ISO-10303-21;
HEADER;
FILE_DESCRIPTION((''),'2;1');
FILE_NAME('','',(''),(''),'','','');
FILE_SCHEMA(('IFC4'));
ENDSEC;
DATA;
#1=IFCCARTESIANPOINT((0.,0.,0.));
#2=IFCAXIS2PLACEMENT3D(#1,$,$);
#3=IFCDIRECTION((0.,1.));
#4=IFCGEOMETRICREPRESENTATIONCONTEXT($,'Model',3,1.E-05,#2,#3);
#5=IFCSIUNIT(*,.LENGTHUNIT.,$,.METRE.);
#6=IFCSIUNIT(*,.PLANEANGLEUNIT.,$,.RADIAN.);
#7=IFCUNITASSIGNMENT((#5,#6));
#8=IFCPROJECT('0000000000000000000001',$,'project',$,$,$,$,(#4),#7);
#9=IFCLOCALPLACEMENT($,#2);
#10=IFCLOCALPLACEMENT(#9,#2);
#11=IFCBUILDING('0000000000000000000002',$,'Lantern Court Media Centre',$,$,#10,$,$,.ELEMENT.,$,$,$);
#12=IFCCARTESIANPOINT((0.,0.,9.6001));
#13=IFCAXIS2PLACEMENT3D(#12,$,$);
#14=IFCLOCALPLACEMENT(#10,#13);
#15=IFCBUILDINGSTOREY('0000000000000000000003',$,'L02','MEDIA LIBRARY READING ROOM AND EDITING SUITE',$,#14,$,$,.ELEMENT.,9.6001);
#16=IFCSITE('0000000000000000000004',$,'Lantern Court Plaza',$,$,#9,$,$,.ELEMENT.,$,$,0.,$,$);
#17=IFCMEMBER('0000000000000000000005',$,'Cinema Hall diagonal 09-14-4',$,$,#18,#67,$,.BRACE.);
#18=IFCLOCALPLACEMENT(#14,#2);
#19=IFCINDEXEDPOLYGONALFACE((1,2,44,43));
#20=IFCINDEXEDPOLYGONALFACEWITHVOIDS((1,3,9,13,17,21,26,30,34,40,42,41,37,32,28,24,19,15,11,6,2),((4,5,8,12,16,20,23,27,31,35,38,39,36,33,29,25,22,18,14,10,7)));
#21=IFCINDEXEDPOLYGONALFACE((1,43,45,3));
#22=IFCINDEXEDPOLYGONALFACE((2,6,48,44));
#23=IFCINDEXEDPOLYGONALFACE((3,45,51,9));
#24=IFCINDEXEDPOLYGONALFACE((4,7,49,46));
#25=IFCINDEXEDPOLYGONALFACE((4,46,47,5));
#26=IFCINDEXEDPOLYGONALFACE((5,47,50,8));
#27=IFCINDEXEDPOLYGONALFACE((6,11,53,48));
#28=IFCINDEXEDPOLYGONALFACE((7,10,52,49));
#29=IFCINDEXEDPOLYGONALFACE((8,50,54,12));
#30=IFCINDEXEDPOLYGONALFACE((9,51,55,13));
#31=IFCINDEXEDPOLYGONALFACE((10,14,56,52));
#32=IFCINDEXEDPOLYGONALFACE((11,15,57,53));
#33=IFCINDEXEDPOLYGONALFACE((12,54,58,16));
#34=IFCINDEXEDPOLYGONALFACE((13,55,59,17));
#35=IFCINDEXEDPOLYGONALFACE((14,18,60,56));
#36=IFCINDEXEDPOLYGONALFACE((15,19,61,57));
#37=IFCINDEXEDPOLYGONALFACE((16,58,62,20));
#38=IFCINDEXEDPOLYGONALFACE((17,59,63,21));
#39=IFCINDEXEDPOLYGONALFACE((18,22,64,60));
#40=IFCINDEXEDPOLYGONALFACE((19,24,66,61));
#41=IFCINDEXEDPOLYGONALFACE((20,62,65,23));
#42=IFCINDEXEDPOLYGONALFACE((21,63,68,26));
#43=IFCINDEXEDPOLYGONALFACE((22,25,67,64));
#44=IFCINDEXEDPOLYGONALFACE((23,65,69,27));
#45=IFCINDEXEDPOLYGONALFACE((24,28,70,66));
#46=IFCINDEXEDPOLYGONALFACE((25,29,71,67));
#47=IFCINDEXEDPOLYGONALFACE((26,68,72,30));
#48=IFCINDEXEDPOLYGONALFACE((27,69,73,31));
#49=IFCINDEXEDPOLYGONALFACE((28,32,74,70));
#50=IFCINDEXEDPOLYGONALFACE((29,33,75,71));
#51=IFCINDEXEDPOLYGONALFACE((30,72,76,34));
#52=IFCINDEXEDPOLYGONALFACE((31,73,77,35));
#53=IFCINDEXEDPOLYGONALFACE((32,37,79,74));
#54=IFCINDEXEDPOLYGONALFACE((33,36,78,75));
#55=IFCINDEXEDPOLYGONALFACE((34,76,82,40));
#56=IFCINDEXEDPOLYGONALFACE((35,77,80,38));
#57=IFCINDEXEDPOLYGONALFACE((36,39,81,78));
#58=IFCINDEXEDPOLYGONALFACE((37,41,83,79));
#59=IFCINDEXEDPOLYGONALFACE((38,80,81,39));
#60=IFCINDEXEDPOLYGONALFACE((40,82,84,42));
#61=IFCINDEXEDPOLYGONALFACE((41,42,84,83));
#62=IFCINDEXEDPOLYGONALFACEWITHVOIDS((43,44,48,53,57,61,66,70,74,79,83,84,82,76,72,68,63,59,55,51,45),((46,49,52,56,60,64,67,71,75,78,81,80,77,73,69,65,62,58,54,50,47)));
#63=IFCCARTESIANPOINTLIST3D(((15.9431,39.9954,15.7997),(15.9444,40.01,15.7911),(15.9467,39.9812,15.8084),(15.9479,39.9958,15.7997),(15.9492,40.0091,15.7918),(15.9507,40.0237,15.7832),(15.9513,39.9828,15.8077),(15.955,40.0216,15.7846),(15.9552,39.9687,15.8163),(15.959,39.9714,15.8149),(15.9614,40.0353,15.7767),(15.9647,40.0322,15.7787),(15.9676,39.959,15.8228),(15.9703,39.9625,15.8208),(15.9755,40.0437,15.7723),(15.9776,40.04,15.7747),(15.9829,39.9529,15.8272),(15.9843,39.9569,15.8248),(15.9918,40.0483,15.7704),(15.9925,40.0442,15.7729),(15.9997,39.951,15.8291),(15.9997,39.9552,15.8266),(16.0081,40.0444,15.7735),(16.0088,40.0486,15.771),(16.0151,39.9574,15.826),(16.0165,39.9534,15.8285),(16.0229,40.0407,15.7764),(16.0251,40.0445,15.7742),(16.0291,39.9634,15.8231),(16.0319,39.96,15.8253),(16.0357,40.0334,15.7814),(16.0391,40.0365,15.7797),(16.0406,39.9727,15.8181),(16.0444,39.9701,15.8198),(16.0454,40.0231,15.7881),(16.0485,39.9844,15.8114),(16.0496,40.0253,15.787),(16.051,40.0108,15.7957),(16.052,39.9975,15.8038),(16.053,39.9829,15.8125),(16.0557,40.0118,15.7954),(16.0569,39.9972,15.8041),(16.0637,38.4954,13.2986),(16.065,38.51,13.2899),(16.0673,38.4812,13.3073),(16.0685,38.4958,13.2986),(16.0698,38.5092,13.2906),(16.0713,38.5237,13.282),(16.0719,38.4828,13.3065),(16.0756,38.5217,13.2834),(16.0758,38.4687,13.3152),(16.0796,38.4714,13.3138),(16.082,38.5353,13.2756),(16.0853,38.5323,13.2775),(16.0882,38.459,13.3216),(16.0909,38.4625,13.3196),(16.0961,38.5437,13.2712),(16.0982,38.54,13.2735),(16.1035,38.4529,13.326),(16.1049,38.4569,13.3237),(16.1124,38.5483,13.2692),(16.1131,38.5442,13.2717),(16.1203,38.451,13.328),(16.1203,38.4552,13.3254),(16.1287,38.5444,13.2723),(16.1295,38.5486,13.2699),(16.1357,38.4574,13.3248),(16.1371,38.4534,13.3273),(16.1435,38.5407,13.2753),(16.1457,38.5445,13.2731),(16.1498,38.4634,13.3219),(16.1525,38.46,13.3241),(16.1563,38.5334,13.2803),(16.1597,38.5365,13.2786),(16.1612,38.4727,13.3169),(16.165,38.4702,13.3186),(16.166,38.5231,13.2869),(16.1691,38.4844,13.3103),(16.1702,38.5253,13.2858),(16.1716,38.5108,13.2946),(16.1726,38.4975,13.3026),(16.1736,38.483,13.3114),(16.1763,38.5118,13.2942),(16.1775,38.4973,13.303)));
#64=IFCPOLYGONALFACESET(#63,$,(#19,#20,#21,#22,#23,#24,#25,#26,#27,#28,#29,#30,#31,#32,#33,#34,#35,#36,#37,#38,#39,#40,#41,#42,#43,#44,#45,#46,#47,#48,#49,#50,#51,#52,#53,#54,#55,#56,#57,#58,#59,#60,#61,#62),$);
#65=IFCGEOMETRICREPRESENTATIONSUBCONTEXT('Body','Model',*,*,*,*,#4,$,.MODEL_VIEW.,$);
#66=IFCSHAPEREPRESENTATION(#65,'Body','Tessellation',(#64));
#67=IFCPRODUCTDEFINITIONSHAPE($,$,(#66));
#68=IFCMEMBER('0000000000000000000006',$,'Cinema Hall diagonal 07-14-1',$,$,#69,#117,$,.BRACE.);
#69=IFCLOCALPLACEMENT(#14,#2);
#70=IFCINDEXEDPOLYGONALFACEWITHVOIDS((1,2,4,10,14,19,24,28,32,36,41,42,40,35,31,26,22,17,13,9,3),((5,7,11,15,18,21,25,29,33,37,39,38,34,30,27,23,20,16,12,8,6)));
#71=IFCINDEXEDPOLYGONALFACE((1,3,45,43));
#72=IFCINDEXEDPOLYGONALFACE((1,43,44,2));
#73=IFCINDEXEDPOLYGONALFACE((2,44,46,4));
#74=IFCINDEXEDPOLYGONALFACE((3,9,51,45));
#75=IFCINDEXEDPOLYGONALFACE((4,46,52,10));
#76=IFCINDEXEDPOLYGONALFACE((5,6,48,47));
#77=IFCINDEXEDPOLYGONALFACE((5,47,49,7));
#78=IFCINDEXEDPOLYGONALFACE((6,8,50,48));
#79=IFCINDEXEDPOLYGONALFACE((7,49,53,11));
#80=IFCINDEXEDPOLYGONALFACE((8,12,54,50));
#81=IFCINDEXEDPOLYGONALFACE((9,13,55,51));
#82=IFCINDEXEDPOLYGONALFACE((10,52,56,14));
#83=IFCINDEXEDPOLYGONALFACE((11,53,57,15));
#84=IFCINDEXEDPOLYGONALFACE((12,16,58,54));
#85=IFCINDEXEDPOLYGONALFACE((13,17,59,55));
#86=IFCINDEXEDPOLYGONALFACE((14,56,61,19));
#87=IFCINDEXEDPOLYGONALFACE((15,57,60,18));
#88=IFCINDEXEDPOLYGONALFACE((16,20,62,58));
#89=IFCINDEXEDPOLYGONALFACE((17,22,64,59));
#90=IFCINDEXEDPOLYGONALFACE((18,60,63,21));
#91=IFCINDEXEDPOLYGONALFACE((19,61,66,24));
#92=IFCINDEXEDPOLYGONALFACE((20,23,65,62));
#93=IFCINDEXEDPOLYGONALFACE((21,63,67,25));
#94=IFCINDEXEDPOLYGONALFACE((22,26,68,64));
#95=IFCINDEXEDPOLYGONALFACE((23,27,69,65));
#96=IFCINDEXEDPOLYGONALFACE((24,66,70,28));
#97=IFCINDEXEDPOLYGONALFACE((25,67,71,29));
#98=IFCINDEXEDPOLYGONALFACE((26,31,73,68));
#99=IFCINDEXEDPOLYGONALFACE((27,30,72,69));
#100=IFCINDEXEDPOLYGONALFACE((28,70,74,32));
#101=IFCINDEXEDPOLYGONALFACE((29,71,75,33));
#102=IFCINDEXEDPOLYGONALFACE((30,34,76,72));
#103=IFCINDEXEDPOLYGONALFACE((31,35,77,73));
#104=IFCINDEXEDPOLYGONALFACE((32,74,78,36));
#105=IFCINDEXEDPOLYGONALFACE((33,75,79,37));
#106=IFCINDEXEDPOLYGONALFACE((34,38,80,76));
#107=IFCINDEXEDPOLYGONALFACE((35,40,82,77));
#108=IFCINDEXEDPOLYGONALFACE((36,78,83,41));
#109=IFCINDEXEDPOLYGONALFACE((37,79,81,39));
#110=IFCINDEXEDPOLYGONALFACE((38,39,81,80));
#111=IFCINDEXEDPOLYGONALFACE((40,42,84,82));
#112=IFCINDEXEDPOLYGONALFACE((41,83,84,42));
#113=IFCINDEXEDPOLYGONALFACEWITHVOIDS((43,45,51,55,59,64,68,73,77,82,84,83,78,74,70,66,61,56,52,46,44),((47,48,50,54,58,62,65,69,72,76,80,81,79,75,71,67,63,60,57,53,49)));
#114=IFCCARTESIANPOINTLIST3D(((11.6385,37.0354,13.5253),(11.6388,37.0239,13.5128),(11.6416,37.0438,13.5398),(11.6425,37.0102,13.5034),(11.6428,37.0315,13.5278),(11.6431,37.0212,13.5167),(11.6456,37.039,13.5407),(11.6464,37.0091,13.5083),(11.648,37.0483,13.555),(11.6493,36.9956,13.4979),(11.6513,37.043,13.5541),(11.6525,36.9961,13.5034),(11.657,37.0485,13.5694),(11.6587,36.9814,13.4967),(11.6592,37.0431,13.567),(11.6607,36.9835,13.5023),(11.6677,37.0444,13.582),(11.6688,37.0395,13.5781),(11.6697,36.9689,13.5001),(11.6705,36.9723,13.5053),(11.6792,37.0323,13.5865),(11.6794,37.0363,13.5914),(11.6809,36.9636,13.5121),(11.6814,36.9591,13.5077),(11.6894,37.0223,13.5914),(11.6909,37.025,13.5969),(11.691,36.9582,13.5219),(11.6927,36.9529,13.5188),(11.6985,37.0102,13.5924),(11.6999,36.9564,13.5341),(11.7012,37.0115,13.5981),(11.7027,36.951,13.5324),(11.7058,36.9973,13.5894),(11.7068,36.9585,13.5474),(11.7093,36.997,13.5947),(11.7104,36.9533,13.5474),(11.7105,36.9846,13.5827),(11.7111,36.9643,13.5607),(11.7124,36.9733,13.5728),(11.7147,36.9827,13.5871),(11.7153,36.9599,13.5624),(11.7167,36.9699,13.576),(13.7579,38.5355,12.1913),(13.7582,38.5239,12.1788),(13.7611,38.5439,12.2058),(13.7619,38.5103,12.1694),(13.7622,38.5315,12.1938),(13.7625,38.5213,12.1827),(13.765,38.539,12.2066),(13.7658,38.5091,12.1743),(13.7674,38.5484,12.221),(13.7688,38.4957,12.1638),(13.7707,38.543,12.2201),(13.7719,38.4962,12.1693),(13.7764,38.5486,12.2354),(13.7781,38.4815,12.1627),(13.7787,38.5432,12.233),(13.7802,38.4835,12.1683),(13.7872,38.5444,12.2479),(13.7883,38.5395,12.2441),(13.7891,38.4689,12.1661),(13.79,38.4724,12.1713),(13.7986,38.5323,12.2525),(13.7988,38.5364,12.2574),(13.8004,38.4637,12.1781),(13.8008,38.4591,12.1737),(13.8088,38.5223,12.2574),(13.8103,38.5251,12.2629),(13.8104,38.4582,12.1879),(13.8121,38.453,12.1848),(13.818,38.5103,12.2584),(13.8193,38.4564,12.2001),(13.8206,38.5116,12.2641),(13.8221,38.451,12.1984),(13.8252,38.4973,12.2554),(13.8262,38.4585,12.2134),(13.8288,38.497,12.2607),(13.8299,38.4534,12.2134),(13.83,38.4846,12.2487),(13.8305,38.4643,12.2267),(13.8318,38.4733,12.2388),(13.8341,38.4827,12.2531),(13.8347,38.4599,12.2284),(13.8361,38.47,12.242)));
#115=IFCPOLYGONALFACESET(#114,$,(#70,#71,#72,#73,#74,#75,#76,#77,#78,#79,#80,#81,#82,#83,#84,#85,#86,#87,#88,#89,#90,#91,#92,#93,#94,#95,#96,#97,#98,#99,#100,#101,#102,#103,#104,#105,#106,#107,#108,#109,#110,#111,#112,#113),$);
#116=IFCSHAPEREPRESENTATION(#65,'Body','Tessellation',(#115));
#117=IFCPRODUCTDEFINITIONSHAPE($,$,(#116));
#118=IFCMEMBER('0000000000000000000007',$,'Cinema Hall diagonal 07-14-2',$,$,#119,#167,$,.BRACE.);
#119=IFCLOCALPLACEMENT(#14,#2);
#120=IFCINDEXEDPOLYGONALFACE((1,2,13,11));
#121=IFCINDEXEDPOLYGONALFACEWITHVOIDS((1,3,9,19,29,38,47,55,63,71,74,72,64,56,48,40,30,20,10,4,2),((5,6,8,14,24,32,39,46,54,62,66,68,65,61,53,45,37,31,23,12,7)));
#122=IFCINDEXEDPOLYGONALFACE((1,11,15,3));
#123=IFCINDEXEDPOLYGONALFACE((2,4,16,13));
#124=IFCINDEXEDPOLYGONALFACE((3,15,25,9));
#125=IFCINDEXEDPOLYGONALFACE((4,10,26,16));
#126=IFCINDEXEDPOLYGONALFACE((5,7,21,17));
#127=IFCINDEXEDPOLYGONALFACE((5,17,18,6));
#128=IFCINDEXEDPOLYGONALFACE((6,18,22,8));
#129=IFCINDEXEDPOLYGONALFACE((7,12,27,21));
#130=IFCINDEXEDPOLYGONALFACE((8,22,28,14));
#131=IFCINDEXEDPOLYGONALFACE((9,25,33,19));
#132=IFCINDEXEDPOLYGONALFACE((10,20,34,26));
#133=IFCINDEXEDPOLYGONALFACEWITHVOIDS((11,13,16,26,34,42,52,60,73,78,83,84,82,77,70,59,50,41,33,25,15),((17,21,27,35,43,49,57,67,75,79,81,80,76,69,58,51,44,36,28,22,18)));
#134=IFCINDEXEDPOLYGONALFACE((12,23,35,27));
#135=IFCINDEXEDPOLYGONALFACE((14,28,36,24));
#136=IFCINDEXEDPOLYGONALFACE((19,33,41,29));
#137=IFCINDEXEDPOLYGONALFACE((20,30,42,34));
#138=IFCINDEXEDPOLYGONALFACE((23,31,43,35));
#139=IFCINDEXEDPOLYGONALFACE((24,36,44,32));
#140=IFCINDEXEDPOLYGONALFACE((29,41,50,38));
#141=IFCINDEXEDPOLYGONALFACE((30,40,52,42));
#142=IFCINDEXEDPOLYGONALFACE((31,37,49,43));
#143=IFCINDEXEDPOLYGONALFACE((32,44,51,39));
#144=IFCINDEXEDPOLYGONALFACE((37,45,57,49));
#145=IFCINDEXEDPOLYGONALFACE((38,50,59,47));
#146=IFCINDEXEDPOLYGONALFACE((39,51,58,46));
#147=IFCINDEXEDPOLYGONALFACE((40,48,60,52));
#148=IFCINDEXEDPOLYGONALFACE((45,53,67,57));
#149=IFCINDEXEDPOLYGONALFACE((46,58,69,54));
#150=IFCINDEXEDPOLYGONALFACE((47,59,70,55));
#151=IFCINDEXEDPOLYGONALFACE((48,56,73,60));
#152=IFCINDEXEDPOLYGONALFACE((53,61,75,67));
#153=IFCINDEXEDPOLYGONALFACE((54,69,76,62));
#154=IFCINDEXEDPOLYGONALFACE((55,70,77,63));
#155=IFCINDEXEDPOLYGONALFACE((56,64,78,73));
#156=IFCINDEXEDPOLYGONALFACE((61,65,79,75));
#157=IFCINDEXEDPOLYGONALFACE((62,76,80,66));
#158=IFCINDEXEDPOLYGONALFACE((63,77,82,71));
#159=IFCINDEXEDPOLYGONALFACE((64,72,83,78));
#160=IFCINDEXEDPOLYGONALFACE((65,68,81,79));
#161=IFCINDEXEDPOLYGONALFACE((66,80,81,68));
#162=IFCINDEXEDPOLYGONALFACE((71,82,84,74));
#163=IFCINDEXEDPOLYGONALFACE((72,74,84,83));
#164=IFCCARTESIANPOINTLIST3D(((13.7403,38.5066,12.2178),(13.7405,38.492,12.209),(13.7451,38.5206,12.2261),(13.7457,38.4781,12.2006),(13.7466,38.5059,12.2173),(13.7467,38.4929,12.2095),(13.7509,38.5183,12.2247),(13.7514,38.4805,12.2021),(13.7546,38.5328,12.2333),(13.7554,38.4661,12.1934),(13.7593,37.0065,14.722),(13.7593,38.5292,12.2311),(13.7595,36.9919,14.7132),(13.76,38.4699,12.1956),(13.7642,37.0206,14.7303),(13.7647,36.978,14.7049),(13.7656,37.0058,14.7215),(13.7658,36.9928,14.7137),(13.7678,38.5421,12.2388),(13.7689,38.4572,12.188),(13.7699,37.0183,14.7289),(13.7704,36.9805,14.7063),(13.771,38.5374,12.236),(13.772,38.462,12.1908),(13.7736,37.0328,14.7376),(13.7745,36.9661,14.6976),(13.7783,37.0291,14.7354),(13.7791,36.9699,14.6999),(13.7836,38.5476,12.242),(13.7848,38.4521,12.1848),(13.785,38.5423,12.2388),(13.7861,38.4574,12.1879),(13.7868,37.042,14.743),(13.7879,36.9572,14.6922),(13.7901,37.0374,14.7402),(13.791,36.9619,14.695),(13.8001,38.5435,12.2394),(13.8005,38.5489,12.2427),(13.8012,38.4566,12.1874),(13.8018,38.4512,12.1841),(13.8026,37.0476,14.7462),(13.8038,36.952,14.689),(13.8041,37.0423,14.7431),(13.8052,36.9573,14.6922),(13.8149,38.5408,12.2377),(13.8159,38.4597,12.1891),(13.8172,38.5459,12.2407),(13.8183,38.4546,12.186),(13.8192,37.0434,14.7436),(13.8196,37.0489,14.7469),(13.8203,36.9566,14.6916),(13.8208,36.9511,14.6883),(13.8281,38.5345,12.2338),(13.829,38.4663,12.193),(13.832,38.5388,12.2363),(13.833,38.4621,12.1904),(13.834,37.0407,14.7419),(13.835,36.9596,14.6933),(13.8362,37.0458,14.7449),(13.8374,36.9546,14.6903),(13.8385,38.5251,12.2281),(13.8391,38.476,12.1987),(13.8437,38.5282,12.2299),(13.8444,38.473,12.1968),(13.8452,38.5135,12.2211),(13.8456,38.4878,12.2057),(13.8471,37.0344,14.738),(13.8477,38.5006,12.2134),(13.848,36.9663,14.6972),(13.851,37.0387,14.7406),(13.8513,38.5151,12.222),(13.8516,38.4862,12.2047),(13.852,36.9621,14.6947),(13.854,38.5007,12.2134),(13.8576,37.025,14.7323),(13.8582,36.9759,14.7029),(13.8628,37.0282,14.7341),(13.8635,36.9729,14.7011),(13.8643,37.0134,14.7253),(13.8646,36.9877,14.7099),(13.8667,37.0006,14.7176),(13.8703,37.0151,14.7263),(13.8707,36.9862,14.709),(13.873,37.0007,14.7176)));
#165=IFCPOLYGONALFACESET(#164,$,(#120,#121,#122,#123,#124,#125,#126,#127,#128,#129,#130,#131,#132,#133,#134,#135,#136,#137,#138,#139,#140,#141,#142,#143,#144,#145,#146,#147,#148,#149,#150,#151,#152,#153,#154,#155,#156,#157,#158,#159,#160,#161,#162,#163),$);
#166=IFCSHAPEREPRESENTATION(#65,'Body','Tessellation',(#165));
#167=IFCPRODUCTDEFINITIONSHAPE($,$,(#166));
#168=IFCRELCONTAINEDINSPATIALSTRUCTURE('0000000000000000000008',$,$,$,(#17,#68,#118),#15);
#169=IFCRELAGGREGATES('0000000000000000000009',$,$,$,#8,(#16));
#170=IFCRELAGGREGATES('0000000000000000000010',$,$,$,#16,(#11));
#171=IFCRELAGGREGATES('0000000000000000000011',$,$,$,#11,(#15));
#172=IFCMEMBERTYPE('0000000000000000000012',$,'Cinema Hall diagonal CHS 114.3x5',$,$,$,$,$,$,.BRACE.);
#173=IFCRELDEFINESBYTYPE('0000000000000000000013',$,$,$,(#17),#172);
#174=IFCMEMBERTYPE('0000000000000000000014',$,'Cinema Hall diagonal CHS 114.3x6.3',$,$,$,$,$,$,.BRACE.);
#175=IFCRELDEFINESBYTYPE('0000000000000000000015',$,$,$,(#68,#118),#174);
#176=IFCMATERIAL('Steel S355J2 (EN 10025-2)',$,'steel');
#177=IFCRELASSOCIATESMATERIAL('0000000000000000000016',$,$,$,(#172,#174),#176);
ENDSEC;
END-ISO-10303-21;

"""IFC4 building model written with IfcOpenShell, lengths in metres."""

from ifc_helpers import new_model, si_unit, direction, frame, origin, origin_2d, place, context, subcontext, project, spatial, hollow_circle, extrude, material, material_profile, profile_set, type_object, element, save


model = new_model("IFC4")

# Units and contexts
model_context = context("Model", 3, precision=1e-05, world=origin(), true_north=direction((0.0, 1.0)))
body_context = subcontext(model_context, "Body", "Model", "MODEL_VIEW")
ifc_project = project(units=[si_unit("LENGTHUNIT", "METRE"), si_unit("PLANEANGLEUNIT", "RADIAN")], contexts=[model_context])

# Site, building, storey
site_placement = place(None, origin())
site = spatial("IfcSite", under=ifc_project, at=site_placement, Name="Lantern Court Plaza", CompositionType="ELEMENT", RefElevation=0.0)
building_placement = place(site_placement, origin())
building = spatial("IfcBuilding", under=site, at=building_placement, Name="Lantern Court Media Centre", CompositionType="ELEMENT")
storey_placement = place(building_placement, frame((0.0, 0.0, 9.6001)))
storey = spatial("IfcBuildingStorey", under=building, at=storey_placement, Name="L02", Description="MEDIA LIBRARY READING ROOM AND EDITING SUITE", CompositionType="ELEMENT", Elevation=9.6001)

# Members
ifc_material = material(Name="Steel S355J2 (EN 10025-2)", Category="steel")
ifc_material_profile_1 = material_profile(ifc_material, hollow_circle(Radius=0.0571, WallThickness=0.0049, at=origin_2d()), Name="Cinema Hall diagonal CHS 114.3x5")
ifc_profile_set_1 = profile_set([ifc_material_profile_1], Name="Steel S355J2 (EN 10025-2)")
member_type_1 = type_object("IfcMemberType", Name="Cinema Hall diagonal CHS 114.3x5", PredefinedType="BRACE", material=ifc_profile_set_1)
member_1_placement = place(storey_placement, frame((16.1206, 38.5, 13.2986), z_axis=(-0.041317, 0.513872, 0.856871), x_axis=(-0.996783, -0.080145, 0.0)))
element("IfcMember", 1, at=member_1_placement, inside=storey, type_object=member_type_1, Name="Cinema Hall diagonal 09-14-4", PredefinedType="BRACE", context=body_context, shape_type="SweptSolid", body=[
    extrude(hollow_circle(Radius=0.0571, WallThickness=0.0049, at=origin_2d()), origin(), (0.0, 0.0, 1.0), 2.9189),
])
ifc_material_profile_2 = material_profile(ifc_material, hollow_circle(Radius=0.0571, WallThickness=0.0063, at=origin_2d()), Name="Cinema Hall diagonal CHS 114.3x6.3")
ifc_profile_set_2 = profile_set([ifc_material_profile_2], Name="Steel S355J2 (EN 10025-2)")
member_type_2 = type_object("IfcMemberType", Name="Cinema Hall diagonal CHS 114.3x6.3", PredefinedType="BRACE", material=ifc_profile_set_2)
for number, where, z_axis, x_axis, name in (
    (2, (13.7969, 38.5, 12.2134), (-0.726034, -0.513852, 0.45698), (0.577702, -0.816248, 0.0), "Cinema Hall diagonal 07-14-1"),
    (3, (13.7969, 38.5, 12.2134), (0.006524, -0.513857, 0.857851), (0.999919, 0.012694, 0.0), "Cinema Hall diagonal 07-14-2"),
):
    element("IfcMember", number, at=place(storey_placement, frame(where, z_axis=z_axis, x_axis=x_axis)), inside=storey, type_object=member_type_2, Name=name, PredefinedType="BRACE", context=body_context, shape_type="SweptSolid", body=[
        extrude(hollow_circle(Radius=0.0571, WallThickness=0.0063, at=origin_2d()), origin(), (0.0, 0.0, 1.0), 2.9192),
    ])

save(model, "model.ifc")
